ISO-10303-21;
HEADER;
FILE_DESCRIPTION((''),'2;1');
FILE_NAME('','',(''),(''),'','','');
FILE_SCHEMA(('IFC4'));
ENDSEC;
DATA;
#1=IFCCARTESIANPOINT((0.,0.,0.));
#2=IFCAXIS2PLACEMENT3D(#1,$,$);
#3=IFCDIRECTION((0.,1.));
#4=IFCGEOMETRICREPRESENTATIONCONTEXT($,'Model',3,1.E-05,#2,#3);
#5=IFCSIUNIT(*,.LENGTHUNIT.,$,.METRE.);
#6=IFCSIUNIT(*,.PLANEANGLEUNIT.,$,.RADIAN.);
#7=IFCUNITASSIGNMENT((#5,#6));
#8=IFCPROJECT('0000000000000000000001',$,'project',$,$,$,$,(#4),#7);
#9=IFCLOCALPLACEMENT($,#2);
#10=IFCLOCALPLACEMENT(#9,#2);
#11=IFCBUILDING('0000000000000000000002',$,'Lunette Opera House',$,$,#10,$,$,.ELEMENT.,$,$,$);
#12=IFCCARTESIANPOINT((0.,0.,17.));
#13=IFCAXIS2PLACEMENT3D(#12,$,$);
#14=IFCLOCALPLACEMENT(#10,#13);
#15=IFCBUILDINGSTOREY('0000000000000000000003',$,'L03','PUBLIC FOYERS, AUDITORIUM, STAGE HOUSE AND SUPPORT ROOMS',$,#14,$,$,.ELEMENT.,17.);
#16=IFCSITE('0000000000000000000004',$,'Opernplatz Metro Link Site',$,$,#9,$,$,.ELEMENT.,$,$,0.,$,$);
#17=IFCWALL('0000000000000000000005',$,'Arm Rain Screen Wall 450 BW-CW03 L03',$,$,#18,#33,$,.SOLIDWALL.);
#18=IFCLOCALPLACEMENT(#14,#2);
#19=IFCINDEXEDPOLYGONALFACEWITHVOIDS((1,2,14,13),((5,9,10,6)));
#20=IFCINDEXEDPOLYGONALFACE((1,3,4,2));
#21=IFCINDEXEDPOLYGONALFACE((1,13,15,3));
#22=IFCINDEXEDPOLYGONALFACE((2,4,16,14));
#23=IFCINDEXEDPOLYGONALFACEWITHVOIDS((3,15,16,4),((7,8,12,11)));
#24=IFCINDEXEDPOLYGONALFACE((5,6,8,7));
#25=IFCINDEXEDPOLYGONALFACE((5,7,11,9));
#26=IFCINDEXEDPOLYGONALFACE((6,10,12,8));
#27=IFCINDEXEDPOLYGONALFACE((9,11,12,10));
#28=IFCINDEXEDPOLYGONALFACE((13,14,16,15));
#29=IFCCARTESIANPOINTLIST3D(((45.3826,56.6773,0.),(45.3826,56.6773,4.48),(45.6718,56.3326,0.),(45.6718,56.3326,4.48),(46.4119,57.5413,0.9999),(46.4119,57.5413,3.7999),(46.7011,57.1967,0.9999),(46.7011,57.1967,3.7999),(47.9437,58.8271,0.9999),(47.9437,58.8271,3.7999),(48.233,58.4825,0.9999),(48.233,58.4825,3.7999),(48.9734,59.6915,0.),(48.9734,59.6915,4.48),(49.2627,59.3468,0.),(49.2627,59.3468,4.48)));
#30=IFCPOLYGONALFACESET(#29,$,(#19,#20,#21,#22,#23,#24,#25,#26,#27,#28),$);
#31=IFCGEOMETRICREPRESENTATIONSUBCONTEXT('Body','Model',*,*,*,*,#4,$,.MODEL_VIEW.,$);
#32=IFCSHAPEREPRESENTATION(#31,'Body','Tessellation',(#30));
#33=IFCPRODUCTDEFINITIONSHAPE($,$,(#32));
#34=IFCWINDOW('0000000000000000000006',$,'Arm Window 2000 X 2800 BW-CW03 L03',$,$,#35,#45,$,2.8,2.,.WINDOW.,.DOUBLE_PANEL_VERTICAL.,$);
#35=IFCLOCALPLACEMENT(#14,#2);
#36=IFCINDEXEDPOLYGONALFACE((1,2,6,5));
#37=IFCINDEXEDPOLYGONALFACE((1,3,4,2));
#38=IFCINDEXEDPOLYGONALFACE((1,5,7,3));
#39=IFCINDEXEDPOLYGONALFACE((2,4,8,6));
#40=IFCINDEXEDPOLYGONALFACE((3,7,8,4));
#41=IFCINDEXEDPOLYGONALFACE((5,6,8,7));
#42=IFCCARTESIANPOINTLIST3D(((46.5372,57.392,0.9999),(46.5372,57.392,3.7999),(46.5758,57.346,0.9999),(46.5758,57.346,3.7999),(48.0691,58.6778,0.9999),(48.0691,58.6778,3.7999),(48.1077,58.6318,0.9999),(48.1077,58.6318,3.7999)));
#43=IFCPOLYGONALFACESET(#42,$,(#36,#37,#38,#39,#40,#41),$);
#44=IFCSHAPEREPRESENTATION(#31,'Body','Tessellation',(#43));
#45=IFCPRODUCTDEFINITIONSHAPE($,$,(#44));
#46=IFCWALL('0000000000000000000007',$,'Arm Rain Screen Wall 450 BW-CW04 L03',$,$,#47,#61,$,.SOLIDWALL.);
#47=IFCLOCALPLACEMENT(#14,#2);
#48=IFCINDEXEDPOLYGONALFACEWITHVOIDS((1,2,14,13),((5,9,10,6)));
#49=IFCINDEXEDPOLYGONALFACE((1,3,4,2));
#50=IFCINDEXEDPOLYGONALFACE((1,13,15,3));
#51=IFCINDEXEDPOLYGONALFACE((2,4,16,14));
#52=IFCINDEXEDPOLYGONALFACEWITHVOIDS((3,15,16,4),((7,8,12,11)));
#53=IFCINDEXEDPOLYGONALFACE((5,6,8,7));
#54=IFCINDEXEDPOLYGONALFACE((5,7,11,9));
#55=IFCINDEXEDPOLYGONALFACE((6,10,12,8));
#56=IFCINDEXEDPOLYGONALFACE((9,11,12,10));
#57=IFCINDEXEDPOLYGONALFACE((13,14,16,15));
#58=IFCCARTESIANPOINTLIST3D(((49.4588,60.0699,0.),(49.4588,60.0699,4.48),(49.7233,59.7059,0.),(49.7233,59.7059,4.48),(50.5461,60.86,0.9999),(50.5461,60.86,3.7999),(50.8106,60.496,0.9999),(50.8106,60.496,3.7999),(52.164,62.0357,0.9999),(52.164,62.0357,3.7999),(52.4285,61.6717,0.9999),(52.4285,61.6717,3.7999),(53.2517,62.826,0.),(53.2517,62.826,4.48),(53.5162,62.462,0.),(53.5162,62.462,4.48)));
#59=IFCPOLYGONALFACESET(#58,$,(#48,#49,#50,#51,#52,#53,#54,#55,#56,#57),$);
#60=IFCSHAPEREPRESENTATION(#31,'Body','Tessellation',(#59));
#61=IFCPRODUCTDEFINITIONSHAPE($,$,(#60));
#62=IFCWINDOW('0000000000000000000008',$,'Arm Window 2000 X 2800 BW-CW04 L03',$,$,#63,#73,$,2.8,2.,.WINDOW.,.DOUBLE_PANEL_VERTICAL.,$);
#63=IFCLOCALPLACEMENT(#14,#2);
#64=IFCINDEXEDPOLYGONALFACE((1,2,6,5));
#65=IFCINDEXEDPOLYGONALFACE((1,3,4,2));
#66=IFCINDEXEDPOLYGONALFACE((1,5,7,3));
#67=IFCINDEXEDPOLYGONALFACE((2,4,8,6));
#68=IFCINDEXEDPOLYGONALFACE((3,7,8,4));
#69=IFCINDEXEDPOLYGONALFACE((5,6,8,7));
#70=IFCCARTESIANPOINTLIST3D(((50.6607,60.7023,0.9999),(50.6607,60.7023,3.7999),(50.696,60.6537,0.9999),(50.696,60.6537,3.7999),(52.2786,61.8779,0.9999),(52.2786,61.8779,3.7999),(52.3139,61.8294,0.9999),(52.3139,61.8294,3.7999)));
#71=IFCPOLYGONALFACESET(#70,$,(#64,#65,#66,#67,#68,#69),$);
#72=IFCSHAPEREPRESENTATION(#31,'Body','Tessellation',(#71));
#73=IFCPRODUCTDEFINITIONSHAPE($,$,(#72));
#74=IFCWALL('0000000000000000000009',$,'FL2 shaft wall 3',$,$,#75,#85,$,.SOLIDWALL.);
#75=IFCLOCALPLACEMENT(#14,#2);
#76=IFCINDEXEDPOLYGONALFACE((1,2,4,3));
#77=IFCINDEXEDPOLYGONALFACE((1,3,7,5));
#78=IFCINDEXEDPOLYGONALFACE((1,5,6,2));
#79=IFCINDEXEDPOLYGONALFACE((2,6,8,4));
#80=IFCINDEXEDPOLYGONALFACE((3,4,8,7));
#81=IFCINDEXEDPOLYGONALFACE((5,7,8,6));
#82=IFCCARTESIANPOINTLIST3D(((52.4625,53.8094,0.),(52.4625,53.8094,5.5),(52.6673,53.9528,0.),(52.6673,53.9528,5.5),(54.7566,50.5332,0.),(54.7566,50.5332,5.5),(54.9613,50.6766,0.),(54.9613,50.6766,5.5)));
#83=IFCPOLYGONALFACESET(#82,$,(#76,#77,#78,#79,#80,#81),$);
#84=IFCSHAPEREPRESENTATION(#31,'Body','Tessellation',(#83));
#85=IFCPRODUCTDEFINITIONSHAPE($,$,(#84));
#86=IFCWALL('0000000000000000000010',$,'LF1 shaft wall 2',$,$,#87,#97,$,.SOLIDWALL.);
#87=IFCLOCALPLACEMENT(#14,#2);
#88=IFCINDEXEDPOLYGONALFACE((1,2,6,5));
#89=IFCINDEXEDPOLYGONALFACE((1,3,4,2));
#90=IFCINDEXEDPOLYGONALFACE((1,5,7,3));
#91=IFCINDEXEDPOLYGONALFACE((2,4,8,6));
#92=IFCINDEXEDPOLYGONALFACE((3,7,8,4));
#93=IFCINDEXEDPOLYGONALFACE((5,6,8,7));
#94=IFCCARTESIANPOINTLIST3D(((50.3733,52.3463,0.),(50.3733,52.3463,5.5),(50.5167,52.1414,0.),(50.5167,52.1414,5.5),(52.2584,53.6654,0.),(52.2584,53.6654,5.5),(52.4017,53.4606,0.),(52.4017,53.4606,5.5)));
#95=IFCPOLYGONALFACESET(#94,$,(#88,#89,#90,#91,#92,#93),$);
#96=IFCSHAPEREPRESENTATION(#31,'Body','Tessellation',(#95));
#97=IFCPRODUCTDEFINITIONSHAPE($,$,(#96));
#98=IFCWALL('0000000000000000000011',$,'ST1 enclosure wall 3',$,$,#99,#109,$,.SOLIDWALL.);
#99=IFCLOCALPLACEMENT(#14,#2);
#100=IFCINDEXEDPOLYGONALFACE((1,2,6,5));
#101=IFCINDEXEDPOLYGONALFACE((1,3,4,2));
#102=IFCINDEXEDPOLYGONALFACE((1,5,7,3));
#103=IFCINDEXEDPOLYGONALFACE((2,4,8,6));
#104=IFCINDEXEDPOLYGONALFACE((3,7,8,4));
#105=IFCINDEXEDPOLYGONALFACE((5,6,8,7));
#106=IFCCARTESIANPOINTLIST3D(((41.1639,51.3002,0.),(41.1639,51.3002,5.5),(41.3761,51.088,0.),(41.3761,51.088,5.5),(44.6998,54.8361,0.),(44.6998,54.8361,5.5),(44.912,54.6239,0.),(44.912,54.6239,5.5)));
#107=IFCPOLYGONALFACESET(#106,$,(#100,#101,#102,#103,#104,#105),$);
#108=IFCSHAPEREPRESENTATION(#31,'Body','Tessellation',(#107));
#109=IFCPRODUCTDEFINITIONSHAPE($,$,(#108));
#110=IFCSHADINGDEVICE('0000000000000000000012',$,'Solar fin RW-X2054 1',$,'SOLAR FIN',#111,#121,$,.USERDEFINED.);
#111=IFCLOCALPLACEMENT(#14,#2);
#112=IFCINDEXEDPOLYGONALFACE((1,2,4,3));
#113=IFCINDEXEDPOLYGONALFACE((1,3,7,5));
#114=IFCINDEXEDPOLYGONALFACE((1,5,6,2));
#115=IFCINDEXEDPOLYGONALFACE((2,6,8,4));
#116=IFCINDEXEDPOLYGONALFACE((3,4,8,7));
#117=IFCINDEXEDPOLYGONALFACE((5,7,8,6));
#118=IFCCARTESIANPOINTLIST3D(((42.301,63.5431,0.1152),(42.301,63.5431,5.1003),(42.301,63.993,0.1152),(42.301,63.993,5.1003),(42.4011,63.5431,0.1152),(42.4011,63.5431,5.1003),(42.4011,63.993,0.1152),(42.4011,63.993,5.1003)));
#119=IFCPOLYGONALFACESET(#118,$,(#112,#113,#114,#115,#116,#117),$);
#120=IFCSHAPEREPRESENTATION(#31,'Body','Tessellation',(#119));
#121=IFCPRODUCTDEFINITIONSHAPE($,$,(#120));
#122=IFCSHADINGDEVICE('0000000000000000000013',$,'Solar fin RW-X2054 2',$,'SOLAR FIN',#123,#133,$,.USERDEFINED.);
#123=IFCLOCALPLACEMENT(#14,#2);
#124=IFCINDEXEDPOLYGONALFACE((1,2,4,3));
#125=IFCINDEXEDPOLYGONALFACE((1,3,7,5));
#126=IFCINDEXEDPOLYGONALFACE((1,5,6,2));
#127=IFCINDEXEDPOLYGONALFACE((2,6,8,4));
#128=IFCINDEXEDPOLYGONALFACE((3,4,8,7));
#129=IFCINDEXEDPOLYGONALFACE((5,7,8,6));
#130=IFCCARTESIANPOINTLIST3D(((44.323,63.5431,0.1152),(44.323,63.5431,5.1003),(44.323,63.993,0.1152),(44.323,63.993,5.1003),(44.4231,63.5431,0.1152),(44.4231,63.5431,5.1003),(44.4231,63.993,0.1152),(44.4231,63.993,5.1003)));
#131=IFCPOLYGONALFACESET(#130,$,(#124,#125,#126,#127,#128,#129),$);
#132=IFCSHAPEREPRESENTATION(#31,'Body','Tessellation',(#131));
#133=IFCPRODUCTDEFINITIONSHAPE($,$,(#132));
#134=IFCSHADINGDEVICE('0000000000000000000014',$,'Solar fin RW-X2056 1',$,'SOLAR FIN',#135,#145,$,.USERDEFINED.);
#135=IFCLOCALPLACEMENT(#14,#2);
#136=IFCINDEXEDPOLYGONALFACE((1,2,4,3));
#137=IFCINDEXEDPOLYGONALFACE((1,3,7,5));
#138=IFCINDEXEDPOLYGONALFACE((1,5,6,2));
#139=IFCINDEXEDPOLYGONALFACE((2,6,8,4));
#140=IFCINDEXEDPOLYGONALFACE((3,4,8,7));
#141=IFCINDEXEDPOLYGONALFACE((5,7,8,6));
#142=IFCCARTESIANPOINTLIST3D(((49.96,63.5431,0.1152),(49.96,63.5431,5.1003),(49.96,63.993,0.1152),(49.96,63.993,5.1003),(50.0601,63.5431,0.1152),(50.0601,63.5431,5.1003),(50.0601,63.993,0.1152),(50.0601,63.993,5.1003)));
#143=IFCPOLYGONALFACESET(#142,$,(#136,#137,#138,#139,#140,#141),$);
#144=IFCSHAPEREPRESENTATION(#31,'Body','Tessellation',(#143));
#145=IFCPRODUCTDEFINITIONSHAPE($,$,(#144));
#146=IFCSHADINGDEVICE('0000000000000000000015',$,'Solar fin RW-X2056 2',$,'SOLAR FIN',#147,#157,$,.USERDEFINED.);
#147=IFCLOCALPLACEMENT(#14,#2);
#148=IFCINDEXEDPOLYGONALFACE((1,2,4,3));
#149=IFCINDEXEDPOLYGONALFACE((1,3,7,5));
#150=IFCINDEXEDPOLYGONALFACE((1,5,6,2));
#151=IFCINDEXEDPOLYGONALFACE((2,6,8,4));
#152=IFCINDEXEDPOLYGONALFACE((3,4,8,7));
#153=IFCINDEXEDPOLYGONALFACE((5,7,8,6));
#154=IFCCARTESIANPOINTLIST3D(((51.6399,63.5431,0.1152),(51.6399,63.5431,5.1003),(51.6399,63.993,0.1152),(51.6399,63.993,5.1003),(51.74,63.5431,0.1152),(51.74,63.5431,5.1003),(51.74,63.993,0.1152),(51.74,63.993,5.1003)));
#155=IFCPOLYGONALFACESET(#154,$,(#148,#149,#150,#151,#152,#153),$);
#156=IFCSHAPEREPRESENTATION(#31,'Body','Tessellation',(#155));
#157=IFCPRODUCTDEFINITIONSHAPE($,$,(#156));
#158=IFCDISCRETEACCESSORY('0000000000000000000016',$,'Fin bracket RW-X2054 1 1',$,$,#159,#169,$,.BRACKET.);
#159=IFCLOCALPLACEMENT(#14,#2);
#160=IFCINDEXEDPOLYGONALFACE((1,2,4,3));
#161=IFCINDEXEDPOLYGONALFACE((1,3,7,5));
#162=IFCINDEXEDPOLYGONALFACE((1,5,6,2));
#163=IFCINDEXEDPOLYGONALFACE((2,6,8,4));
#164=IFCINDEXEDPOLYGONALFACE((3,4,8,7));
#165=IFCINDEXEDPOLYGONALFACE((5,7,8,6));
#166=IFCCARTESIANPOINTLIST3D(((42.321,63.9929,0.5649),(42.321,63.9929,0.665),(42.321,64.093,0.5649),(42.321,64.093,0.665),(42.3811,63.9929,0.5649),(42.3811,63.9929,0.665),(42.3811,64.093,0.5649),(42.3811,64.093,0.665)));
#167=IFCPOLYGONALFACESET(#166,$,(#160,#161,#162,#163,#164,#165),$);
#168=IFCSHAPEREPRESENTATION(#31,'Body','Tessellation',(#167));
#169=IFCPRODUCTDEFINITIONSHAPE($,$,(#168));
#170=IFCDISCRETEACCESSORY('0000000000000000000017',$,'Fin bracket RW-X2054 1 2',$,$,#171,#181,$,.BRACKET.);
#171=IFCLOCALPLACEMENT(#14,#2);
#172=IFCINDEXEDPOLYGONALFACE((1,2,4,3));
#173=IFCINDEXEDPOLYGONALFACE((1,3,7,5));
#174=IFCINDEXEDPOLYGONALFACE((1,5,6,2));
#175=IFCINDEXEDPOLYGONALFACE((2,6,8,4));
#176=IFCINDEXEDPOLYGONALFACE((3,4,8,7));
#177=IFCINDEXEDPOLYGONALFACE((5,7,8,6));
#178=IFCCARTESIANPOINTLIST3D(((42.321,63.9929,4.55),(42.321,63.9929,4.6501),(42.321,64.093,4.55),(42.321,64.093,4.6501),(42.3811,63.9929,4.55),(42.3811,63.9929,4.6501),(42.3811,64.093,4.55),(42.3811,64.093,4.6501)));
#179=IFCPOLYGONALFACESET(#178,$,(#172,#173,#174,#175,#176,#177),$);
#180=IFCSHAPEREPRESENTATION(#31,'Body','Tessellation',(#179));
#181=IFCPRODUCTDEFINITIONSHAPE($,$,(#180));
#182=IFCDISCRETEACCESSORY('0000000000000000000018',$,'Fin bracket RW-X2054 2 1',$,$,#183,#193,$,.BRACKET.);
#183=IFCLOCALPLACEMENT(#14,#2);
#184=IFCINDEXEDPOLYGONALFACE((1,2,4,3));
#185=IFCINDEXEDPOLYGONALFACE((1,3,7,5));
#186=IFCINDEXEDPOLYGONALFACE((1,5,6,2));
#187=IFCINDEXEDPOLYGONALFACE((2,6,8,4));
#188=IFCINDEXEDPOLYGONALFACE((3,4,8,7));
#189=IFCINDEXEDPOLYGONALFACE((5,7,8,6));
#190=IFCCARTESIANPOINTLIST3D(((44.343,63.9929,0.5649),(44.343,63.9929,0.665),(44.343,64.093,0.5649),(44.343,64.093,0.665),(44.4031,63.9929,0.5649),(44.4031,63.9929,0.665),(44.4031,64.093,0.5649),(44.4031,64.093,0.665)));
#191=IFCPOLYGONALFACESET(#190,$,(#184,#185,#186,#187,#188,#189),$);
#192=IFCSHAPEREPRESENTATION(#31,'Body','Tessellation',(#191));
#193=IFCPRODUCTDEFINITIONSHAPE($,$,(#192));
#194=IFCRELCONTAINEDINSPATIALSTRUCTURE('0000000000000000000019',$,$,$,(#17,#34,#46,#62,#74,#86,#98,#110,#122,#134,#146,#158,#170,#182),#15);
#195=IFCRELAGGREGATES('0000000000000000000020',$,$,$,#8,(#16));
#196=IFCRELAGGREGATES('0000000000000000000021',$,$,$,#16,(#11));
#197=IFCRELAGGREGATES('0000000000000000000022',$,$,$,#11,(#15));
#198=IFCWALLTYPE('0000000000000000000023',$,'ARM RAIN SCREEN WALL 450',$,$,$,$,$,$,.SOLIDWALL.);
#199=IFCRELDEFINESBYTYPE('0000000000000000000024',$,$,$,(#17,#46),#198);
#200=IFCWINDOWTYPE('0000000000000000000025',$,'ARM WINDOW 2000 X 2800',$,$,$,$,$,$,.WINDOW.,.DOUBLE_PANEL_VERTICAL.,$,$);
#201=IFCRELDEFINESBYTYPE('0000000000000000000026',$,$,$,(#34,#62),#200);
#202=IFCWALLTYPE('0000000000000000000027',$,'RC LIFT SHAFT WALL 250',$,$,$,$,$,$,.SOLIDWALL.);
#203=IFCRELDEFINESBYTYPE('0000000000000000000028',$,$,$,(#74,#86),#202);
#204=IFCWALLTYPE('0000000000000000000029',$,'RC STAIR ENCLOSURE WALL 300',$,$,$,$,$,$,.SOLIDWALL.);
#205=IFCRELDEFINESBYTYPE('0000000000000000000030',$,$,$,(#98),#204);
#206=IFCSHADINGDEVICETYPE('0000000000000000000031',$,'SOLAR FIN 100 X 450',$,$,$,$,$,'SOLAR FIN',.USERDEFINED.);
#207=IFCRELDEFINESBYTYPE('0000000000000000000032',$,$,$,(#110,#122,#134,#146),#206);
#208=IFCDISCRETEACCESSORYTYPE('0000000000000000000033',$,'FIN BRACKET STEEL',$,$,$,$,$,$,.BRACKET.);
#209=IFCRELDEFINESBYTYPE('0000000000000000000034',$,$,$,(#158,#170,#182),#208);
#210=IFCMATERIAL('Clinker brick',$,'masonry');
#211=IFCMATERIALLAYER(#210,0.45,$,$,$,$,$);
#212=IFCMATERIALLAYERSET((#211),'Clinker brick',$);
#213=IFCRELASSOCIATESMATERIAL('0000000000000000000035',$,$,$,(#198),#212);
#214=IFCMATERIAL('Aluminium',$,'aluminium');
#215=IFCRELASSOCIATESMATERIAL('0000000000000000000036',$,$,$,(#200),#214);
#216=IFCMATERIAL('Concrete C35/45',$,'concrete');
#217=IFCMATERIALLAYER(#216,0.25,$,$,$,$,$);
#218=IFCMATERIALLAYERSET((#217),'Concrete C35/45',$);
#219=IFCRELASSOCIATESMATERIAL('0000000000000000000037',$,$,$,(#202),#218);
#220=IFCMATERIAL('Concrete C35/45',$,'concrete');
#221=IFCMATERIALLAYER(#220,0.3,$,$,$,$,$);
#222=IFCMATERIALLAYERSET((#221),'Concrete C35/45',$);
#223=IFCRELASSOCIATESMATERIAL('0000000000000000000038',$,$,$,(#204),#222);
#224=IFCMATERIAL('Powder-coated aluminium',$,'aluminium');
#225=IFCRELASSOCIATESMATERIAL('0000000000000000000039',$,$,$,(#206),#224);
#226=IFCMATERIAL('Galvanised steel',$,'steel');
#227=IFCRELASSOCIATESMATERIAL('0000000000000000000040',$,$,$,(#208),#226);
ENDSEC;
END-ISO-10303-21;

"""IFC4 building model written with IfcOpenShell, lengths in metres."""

from ifc_helpers import new_model, si_unit, direction, frame, frame_2d, origin, origin_2d, place, context, subcontext, project, spatial, rectangle, extrude, material, layer, layer_set, type_object, element, fill, save


model = new_model("IFC4")

# Units and contexts
model_context = context("Model", 3, precision=1e-05, world=origin(), true_north=direction((0.0, 1.0)))
body_context = subcontext(model_context, "Body", "Model", "MODEL_VIEW")
ifc_project = project(units=[si_unit("LENGTHUNIT", "METRE"), si_unit("PLANEANGLEUNIT", "RADIAN")], contexts=[model_context])

# Site, building, storey
site_placement = place(None, origin())
site = spatial("IfcSite", under=ifc_project, at=site_placement, Name="Opernplatz Metro Link Site", CompositionType="ELEMENT", RefElevation=0.0)
building_placement = place(site_placement, origin())
building = spatial("IfcBuilding", under=site, at=building_placement, Name="Lunette Opera House", CompositionType="ELEMENT")
storey_placement = place(building_placement, frame((0.0, 0.0, 17.0)))
storey = spatial("IfcBuildingStorey", under=building, at=storey_placement, Name="L03", Description="PUBLIC FOYERS, AUDITORIUM, STAGE HOUSE AND SUPPORT ROOMS", CompositionType="ELEMENT", Elevation=17.0)

# Walls, openings, windows
ifc_material_1 = material(Name="Clinker brick", Category="masonry")
ifc_layer_1 = layer(ifc_material_1, 0.45)
ifc_layer_set_1 = layer_set([ifc_layer_1], Name="Clinker brick")
wall_type_1 = type_object("IfcWallType", Name="ARM RAIN SCREEN WALL 450", PredefinedType="SOLIDWALL", material=ifc_layer_set_1)
ifc_material_2 = material(Name="Aluminium", Category="aluminium")
window_type = type_object("IfcWindowType", Name="ARM WINDOW 2000 X 2800", PartitioningType="DOUBLE_PANEL_VERTICAL", PredefinedType="WINDOW", material=ifc_material_2)
wall_1_placement = place(storey_placement, frame((45.5271, 56.5049, 0.0), z_axis=(0.0, 0.0, 1.0), x_axis=(0.765928, 0.642926, 0.0)))
wall_1 = element("IfcWall", 1, at=wall_1_placement, inside=storey, type_object=wall_type_1, Name="Arm Rain Screen Wall 450 BW-CW03 L03", PredefinedType="SOLIDWALL", context=body_context, shape_type="SweptSolid", body=[
    extrude(rectangle(XDim=4.6882, YDim=0.45, at=frame_2d((2.3442, 0.0))), origin(), (0.0, 0.0, 1.0), 4.48),
])
opening_1_placement = place(wall_1_placement, frame((1.344, 0.0, 1.0)))
opening_1 = element("IfcOpeningElement", 2, at=opening_1_placement, cuts=wall_1, PredefinedType="OPENING", context=body_context, shape_type="SweptSolid", body=[
    extrude(rectangle(XDim=2.0, YDim=2.8, at=frame_2d((1.0, 1.3999))), frame((0.0, 0.2371, 0.0), z_axis=(0.0, -1.0, 0.0), x_axis=(1.0, 0.0, 0.0)), (0.0, 0.0, 1.0), 0.4739),
])
window_1_placement = place(opening_1_placement, origin())
window_1 = element("IfcWindow", 3, at=window_1_placement, inside=storey, type_object=window_type, Name="Arm Window 2000 X 2800 BW-CW03 L03", OverallHeight=2.8, OverallWidth=2.0, PartitioningType="DOUBLE_PANEL_VERTICAL", PredefinedType="WINDOW", context=body_context, shape_type="SweptSolid", body=[
    extrude(rectangle(XDim=2.0, YDim=2.8, at=frame_2d((1.0, 1.3999))), frame((0.0, 0.03, 0.0), z_axis=(0.0, -1.0, 0.0), x_axis=(1.0, 0.0, 0.0)), (0.0, 0.0, 1.0), 0.0601),
])
fill(opening_1, window_1)
wall_2_placement = place(storey_placement, frame((49.5911, 59.8879, 0.0), z_axis=(0.0, 0.0, 1.0), x_axis=(0.808981, 0.587834, 0.0)))
wall_2 = element("IfcWall", 4, at=wall_2_placement, inside=storey, type_object=wall_type_1, Name="Arm Rain Screen Wall 450 BW-CW04 L03", PredefinedType="SOLIDWALL", context=body_context, shape_type="SweptSolid", body=[
    extrude(rectangle(XDim=4.6885, YDim=0.45, at=frame_2d((2.3442, 0.0))), origin(), (0.0, 0.0, 1.0), 4.48),
])
opening_2_placement = place(wall_2_placement, frame((1.344, 0.0, 1.0)))
opening_2 = element("IfcOpeningElement", 5, at=opening_2_placement, cuts=wall_2, PredefinedType="OPENING", context=body_context, shape_type="SweptSolid", body=[
    extrude(rectangle(XDim=2.0, YDim=2.8, at=frame_2d((1.0, 1.3999))), frame((0.0, 0.2371, 0.0), z_axis=(0.0, -1.0, 0.0), x_axis=(1.0, 0.0, 0.0)), (0.0, 0.0, 1.0), 0.4739),
])
window_2_placement = place(opening_2_placement, origin())
window_2 = element("IfcWindow", 6, at=window_2_placement, inside=storey, type_object=window_type, Name="Arm Window 2000 X 2800 BW-CW04 L03", OverallHeight=2.8, OverallWidth=2.0, PartitioningType="DOUBLE_PANEL_VERTICAL", PredefinedType="WINDOW", context=body_context, shape_type="SweptSolid", body=[
    extrude(rectangle(XDim=2.0, YDim=2.8, at=frame_2d((1.0, 1.3999))), frame((0.0, 0.03, 0.0), z_axis=(0.0, -1.0, 0.0), x_axis=(1.0, 0.0, 0.0)), (0.0, 0.0, 1.0), 0.0601),
])
fill(opening_2, window_2)

# Walls
ifc_material_3 = material(Name="Concrete C35/45", Category="concrete")
ifc_layer_2 = layer(ifc_material_3, 0.25)
ifc_layer_set_2 = layer_set([ifc_layer_2], Name="Concrete C35/45")
wall_type_2 = type_object("IfcWallType", Name="RC LIFT SHAFT WALL 250", PredefinedType="SOLIDWALL", material=ifc_layer_set_2)
wall_3_placement = place(storey_placement, frame((52.5649, 53.8811, 0.0), z_axis=(0.0, 0.0, 1.0), x_axis=(0.573573, -0.819154, 0.0)))
element("IfcWall", 7, at=wall_3_placement, inside=storey, type_object=wall_type_2, Name="FL2 shaft wall 3", PredefinedType="SOLIDWALL", context=body_context, shape_type="SweptSolid", body=[
    extrude(rectangle(XDim=3.9995, YDim=0.25, at=frame_2d((1.9998, 0.0))), origin(), (0.0, 0.0, 1.0), 5.5),
])
wall_4_placement = place(storey_placement, frame((52.3301, 53.563, 0.0), z_axis=(0.0, 0.0, 1.0), x_axis=(-0.819317, -0.573341, 0.0)))
element("IfcWall", 8, at=wall_4_placement, inside=storey, type_object=wall_type_2, Name="LF1 shaft wall 2", PredefinedType="SOLIDWALL", context=body_context, shape_type="SweptSolid", body=[
    extrude(rectangle(XDim=2.3008, YDim=0.25, at=frame_2d((1.1504, 0.0))), origin(), (0.0, 0.0, 1.0), 5.5),
])
ifc_material_4 = material(Name="Concrete C35/45", Category="concrete")
ifc_layer_3 = layer(ifc_material_4, 0.3)
ifc_layer_set_3 = layer_set([ifc_layer_3], Name="Concrete C35/45")
wall_type_3 = type_object("IfcWallType", Name="RC STAIR ENCLOSURE WALL 300", PredefinedType="SOLIDWALL", material=ifc_layer_set_3)
wall_5_placement = place(storey_placement, frame((44.8059, 54.73, 0.0), z_axis=(0.0, 0.0, 1.0), x_axis=(-0.707107, -0.707107, 0.0)))
element("IfcWall", 9, at=wall_5_placement, inside=storey, type_object=wall_type_3, Name="ST1 enclosure wall 3", PredefinedType="SOLIDWALL", context=body_context, shape_type="SweptSolid", body=[
    extrude(rectangle(XDim=5.0005, YDim=0.3, at=frame_2d((2.5002, 0.0))), origin(), (0.0, 0.0, 1.0), 5.5),
])

# Shading devices
ifc_material_5 = material(Name="Powder-coated aluminium", Category="aluminium")
shading_device_type = type_object("IfcShadingDeviceType", Name="SOLAR FIN 100 X 450", ElementType="SOLAR FIN", PredefinedType="USERDEFINED", material=ifc_material_5)
for number, where, z_axis, x_axis, name in (
    (10, (42.3511, 63.7681, 0.1152), (0.0, 0.0, 1.0), (0.0, -1.0, 0.0), "Solar fin RW-X2054 1"),
    (11, (44.373, 63.7681, 0.1152), (0.0, 0.0, 1.0), (0.0, -1.0, 0.0), "Solar fin RW-X2054 2"),
    (12, (50.01, 63.7681, 0.1152), (0.0, 0.0, 1.0), (0.0, -1.0, 0.0), "Solar fin RW-X2056 1"),
    (13, (51.6899, 63.7681, 0.1152), (0.0, 0.0, 1.0), (0.0, -1.0, 0.0), "Solar fin RW-X2056 2"),
):
    element("IfcShadingDevice", number, at=place(storey_placement, frame(where, z_axis=z_axis, x_axis=x_axis)), inside=storey, type_object=shading_device_type, Name=name, ObjectType="SOLAR FIN", PredefinedType="USERDEFINED", context=body_context, shape_type="SweptSolid", body=[
        extrude(rectangle(XDim=0.45, YDim=0.1001, at=origin_2d()), origin(), (0.0, 0.0, 1.0), 4.9851),
    ])

# Discrete accessories
ifc_material_6 = material(Name="Galvanised steel", Category="steel")
discrete_accessory_type = type_object("IfcDiscreteAccessoryType", Name="FIN BRACKET STEEL", PredefinedType="BRACKET", material=ifc_material_6)
for number, where, z_axis, x_axis, name in (
    (14, (42.3511, 64.043, 0.5649), (0.0, 0.0, 1.0), (0.0, -1.0, 0.0), "Fin bracket RW-X2054 1 1"),
    (15, (42.3511, 64.043, 4.55), (0.0, 0.0, 1.0), (0.0, -1.0, 0.0), "Fin bracket RW-X2054 1 2"),
    (16, (44.373, 64.043, 0.5649), (0.0, 0.0, 1.0), (0.0, -1.0, 0.0), "Fin bracket RW-X2054 2 1"),
):
    element("IfcDiscreteAccessory", number, at=place(storey_placement, frame(where, z_axis=z_axis, x_axis=x_axis)), inside=storey, type_object=discrete_accessory_type, Name=name, PredefinedType="BRACKET", context=body_context, shape_type="SweptSolid", body=[
        extrude(rectangle(XDim=0.1001, YDim=0.0601, at=origin_2d()), origin(), (0.0, 0.0, 1.0), 0.1001),
    ])

save(model, "model.ifc")
